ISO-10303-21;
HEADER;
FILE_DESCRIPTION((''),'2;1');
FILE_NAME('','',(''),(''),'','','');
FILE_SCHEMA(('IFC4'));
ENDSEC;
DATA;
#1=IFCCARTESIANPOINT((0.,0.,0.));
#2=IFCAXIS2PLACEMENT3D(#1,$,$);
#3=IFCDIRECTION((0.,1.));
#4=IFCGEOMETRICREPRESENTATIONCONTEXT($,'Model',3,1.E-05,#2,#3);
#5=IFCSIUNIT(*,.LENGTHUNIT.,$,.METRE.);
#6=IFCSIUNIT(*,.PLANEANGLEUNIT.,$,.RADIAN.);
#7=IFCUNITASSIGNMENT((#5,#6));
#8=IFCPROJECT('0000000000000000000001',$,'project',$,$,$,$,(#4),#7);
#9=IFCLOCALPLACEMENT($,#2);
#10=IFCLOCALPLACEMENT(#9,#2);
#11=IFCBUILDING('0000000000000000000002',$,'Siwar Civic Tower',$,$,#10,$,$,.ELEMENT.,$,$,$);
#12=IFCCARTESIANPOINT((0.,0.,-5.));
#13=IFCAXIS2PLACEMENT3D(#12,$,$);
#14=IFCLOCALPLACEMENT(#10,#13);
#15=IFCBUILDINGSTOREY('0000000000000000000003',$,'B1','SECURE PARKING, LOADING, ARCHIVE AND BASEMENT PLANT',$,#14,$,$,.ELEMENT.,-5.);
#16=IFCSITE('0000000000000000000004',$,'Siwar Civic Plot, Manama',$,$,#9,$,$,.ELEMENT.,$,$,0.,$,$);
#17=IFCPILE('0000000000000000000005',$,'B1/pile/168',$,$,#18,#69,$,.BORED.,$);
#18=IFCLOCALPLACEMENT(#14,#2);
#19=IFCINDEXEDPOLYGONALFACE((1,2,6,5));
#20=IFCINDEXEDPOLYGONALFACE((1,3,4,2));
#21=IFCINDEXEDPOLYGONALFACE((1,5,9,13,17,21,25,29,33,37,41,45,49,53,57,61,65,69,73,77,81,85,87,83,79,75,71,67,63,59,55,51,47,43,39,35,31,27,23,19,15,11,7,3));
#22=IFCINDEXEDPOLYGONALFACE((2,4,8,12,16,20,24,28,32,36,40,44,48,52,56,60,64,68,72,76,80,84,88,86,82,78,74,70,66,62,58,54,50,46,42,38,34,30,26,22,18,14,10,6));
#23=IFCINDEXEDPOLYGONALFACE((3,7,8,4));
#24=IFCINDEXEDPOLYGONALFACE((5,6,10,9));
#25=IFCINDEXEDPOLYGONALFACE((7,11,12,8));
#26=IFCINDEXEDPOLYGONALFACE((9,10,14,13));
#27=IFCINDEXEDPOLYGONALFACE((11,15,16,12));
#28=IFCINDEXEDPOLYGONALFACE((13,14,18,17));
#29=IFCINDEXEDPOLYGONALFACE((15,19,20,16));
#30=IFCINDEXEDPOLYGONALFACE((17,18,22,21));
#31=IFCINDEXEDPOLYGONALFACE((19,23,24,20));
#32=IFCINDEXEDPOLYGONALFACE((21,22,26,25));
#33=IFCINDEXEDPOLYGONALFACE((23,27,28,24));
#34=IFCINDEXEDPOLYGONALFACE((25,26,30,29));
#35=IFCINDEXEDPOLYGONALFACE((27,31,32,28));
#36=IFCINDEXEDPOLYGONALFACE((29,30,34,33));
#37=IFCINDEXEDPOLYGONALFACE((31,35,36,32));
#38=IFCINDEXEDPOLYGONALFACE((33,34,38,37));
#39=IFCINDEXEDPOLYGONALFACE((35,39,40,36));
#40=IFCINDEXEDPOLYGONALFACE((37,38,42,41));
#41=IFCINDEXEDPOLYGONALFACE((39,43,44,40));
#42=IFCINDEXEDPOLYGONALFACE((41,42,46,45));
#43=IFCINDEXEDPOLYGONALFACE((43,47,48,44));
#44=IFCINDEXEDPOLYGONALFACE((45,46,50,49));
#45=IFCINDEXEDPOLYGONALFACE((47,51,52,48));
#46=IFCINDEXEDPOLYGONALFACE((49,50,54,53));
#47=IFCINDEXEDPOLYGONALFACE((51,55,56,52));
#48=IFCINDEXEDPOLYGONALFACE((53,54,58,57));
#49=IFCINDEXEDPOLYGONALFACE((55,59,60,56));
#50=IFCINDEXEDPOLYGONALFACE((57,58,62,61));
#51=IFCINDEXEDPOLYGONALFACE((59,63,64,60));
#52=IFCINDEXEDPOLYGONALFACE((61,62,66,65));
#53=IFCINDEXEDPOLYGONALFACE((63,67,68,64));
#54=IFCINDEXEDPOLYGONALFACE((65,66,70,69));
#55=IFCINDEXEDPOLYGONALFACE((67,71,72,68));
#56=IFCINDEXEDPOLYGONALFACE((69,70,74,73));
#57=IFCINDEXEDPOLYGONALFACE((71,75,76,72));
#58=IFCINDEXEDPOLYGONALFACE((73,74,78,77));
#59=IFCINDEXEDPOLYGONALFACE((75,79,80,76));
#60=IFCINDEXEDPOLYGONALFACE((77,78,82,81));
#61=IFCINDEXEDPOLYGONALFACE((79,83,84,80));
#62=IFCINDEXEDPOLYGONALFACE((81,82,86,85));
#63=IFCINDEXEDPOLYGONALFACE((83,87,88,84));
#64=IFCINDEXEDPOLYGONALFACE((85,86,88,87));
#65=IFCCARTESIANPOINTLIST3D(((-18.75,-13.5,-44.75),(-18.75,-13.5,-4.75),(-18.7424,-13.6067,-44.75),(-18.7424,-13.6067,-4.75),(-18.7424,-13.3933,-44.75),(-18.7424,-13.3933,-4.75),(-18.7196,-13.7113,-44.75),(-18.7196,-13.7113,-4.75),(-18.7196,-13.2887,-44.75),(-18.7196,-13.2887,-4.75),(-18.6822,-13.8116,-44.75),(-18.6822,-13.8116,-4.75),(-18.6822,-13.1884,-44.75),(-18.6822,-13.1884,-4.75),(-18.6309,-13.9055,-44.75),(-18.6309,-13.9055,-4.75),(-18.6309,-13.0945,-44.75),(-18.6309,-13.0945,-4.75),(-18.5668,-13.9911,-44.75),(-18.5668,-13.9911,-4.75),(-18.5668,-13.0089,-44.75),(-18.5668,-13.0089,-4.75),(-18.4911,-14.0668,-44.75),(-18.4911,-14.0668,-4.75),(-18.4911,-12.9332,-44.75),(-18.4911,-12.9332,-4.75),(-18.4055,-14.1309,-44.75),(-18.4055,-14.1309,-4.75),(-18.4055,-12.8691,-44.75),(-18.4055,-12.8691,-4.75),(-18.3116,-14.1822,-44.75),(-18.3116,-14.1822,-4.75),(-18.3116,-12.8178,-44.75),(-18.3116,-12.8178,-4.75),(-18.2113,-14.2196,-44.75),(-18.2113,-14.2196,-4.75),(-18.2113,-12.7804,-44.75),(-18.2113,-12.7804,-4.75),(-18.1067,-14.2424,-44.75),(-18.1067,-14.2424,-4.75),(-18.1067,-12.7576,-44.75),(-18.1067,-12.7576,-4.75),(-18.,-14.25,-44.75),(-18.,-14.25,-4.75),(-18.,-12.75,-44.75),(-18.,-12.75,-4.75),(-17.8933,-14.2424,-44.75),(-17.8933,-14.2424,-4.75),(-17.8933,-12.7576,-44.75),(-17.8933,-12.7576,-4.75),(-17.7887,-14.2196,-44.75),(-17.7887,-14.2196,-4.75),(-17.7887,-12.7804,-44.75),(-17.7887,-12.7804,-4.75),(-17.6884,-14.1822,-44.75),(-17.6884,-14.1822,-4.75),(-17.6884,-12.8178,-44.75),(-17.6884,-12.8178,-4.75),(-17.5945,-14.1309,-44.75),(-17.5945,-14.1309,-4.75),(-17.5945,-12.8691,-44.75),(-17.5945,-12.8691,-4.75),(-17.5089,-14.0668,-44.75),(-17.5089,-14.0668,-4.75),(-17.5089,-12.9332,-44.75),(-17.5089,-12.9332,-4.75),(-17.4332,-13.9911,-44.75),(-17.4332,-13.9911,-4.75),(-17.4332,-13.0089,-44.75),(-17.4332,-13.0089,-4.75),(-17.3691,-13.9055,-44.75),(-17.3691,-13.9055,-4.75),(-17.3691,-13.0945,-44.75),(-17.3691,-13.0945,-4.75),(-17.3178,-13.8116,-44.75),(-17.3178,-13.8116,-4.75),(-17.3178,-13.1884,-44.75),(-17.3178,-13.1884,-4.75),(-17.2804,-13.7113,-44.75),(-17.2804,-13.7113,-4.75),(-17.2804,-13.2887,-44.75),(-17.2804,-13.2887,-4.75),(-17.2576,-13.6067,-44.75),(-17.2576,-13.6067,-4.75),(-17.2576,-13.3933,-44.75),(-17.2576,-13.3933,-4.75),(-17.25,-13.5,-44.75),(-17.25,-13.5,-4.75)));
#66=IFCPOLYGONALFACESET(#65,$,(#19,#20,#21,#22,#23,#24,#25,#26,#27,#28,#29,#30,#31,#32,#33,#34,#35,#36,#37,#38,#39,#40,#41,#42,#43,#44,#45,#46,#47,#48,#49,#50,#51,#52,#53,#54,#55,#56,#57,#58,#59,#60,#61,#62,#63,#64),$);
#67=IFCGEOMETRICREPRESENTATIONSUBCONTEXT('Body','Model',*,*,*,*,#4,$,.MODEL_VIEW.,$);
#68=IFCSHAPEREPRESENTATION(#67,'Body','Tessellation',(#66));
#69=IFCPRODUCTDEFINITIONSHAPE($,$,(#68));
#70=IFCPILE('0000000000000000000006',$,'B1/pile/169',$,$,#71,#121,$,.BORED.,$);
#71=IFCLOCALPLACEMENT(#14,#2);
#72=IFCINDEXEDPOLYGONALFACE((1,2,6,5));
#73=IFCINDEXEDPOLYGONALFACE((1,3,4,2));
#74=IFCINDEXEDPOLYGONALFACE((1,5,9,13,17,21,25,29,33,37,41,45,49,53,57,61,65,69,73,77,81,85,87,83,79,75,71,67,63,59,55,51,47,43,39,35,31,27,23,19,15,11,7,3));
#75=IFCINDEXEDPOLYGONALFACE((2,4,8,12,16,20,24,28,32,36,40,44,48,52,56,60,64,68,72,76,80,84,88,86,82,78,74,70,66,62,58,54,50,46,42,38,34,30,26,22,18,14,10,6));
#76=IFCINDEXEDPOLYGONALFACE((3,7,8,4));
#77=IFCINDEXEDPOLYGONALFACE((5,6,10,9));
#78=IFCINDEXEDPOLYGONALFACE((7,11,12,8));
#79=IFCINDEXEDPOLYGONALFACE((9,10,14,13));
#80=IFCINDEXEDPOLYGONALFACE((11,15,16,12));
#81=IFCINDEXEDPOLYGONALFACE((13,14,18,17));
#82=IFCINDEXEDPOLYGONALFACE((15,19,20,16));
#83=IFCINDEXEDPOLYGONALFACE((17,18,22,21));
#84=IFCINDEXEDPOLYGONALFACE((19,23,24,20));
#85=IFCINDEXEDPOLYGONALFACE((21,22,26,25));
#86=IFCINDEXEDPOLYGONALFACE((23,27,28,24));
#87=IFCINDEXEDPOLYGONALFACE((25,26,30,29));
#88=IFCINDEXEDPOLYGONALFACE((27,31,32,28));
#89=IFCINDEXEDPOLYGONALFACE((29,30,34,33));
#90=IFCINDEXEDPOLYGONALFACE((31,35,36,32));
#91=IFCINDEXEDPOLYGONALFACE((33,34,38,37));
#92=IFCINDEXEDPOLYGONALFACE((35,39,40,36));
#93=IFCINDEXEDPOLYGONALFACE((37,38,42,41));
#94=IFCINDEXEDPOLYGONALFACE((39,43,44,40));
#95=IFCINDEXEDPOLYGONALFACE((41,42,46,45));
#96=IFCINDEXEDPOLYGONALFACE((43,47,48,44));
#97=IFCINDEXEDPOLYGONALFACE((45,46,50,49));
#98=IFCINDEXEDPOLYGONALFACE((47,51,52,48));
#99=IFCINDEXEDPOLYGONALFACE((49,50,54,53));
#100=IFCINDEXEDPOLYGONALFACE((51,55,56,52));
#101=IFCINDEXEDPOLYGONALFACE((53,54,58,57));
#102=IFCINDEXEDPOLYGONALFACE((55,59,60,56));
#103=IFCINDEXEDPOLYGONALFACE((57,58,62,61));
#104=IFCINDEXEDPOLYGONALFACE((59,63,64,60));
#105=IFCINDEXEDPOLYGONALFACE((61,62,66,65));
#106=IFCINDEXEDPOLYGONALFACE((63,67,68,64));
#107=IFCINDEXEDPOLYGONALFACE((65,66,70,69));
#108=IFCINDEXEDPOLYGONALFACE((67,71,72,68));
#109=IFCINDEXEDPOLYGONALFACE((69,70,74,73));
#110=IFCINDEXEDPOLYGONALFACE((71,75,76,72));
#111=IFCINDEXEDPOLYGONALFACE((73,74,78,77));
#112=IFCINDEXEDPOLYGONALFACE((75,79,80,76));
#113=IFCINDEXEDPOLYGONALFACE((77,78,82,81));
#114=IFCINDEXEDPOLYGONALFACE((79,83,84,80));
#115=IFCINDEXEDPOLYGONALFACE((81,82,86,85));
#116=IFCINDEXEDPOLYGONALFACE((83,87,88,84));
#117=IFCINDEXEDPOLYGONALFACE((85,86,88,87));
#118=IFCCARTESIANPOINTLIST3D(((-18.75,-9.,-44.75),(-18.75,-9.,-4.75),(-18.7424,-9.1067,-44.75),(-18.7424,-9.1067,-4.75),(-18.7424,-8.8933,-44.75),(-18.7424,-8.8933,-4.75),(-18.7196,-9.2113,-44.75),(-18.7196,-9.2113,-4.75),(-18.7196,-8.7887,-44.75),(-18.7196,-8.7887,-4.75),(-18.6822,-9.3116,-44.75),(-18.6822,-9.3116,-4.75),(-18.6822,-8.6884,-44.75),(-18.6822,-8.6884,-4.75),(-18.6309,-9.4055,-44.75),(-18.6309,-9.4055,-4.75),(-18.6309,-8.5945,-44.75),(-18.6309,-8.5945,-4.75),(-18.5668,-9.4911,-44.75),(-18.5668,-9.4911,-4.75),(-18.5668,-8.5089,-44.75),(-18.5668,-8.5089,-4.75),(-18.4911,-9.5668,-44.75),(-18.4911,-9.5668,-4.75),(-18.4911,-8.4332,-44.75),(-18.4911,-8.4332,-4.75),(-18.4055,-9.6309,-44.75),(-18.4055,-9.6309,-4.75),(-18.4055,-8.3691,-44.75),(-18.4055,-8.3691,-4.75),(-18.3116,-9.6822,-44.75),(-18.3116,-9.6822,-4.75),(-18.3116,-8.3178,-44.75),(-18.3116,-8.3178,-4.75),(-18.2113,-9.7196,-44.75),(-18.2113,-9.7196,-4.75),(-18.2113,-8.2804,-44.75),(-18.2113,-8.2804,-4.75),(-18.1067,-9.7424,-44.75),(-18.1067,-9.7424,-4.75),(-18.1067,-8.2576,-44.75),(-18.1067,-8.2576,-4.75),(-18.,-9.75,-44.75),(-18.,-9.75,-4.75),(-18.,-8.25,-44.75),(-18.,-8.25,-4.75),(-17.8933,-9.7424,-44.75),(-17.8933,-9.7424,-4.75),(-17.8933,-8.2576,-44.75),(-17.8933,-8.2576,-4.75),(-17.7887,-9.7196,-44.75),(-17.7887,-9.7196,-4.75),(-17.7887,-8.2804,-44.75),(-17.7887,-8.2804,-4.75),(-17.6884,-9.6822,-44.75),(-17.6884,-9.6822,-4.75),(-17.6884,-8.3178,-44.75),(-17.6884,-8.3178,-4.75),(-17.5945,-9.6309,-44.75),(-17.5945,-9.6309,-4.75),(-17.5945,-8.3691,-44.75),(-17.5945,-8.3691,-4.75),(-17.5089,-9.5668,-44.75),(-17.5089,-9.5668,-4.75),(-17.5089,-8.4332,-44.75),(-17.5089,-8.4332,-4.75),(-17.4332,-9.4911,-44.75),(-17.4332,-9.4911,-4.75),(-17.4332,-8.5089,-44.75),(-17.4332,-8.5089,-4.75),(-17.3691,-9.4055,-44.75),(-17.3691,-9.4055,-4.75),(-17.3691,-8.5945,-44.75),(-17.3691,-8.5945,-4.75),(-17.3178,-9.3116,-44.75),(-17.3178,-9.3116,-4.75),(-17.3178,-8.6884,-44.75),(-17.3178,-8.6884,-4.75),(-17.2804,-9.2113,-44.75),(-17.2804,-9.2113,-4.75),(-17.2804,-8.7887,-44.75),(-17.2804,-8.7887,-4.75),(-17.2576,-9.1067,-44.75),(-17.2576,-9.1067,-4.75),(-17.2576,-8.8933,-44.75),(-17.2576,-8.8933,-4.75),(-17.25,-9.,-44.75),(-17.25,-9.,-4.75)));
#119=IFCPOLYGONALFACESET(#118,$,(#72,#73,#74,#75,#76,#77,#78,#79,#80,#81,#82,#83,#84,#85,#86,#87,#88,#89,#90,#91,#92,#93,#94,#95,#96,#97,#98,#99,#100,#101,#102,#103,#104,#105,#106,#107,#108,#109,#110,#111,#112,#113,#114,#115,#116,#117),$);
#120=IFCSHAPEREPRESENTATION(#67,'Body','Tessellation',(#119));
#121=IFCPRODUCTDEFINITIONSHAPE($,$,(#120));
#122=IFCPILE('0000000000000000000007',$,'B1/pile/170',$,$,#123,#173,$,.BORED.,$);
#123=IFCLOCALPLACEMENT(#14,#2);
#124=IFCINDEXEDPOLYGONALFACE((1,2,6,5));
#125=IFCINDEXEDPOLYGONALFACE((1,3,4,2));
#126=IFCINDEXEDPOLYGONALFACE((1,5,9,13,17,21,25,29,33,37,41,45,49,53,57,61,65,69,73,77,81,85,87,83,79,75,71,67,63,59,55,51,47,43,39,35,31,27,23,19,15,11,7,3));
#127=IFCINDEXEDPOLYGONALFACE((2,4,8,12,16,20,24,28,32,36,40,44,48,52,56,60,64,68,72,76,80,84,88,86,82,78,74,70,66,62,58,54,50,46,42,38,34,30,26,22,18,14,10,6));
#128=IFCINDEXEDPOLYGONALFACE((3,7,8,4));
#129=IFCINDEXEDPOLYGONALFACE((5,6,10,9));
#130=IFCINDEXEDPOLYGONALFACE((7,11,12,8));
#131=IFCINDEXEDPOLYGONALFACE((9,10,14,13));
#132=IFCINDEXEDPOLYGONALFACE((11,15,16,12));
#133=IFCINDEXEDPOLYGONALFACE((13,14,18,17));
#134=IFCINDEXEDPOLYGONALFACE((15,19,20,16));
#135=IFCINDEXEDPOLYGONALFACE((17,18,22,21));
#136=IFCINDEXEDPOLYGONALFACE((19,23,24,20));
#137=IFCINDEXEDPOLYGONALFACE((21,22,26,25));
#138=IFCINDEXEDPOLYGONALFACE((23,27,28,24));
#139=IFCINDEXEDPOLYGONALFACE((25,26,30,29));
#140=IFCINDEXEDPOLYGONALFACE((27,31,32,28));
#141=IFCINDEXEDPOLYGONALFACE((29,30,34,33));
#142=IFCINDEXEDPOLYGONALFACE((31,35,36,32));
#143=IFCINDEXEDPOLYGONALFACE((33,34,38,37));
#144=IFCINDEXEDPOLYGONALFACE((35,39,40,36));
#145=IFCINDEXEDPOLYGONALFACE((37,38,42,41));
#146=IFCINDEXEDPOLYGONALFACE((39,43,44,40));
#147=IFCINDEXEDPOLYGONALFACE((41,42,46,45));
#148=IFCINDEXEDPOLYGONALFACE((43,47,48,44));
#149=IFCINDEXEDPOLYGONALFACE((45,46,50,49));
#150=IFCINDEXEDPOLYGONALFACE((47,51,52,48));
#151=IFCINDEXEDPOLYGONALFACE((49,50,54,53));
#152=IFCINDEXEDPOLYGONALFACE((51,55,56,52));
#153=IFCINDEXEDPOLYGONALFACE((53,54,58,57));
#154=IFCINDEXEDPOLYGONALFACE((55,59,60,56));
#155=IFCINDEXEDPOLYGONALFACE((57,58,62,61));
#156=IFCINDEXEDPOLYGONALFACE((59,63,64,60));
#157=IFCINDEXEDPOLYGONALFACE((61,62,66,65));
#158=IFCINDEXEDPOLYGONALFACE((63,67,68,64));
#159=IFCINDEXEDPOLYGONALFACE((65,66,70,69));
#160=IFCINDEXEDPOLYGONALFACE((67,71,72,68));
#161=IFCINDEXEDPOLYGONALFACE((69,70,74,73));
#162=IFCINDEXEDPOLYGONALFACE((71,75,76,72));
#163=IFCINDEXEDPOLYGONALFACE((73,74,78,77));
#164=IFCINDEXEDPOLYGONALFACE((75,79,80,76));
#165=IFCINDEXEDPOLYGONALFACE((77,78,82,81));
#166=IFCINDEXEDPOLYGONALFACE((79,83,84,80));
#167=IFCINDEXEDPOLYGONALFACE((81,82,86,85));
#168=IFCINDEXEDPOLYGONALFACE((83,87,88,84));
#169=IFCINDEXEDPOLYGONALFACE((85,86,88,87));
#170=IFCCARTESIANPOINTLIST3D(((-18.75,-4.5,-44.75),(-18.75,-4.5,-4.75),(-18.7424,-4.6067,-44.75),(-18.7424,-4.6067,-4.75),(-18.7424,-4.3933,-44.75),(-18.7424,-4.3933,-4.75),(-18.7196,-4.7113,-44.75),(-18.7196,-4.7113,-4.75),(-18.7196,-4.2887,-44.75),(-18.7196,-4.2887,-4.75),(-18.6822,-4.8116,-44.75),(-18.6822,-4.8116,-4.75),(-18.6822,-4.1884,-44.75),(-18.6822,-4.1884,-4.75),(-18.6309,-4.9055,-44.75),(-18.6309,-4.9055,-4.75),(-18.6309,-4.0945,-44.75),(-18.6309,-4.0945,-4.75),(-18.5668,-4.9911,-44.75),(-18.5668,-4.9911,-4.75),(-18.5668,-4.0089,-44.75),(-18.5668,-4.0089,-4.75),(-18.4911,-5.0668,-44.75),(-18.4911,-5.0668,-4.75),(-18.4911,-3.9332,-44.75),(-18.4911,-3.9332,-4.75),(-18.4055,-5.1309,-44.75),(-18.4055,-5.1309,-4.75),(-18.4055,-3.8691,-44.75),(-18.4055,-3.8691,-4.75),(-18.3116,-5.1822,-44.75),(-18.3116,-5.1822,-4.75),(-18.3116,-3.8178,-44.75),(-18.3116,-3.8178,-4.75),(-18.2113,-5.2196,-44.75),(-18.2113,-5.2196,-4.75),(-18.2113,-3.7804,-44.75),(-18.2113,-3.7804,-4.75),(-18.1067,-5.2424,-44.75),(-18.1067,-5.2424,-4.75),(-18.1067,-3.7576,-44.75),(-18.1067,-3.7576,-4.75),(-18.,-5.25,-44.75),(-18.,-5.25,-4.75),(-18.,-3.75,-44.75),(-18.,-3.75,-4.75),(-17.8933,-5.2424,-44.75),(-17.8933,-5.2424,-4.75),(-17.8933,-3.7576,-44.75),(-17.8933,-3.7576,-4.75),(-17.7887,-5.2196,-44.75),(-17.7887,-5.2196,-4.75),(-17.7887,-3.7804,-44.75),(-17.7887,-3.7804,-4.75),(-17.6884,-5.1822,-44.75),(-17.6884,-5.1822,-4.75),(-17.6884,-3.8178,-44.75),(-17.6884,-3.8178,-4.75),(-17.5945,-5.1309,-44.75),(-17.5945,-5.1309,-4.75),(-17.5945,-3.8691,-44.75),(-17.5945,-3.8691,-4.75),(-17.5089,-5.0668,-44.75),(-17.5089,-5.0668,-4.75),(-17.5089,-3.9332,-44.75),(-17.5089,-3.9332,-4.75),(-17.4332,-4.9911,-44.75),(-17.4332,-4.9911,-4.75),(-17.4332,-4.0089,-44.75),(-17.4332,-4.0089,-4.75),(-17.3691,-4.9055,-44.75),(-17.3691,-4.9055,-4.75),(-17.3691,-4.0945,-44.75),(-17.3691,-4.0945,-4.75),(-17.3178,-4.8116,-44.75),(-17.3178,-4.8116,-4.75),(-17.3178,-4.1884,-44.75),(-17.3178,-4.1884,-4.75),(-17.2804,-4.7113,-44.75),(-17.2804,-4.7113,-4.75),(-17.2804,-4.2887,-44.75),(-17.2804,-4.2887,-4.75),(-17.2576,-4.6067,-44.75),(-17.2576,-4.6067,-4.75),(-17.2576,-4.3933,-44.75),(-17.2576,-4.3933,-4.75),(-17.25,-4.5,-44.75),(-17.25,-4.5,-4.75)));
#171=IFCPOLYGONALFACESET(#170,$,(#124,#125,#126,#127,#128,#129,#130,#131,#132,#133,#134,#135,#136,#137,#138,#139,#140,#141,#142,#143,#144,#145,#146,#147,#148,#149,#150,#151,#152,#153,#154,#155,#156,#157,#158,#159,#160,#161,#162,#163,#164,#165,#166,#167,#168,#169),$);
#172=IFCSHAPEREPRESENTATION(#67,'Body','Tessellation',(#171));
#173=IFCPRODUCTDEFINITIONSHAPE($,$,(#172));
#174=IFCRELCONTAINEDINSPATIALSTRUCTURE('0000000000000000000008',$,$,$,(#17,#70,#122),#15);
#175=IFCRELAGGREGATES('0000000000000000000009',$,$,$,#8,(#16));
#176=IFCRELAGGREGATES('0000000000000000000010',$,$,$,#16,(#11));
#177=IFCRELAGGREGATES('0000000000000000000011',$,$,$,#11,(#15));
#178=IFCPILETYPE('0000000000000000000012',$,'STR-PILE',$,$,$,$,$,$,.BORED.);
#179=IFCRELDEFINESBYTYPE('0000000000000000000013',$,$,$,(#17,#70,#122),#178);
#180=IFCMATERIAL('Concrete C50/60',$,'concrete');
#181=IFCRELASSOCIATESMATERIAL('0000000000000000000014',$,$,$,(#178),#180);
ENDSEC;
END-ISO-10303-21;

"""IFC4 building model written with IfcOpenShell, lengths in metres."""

from ifc_helpers import new_model, si_unit, direction, frame, origin, origin_2d, place, context, subcontext, project, spatial, circle, extrude, material, material_profile, profile_set, type_object, element, save


model = new_model("IFC4")

# Units and contexts
model_context = context("Model", 3, precision=1e-05, world=origin(), true_north=direction((0.0, 1.0)))
body_context = subcontext(model_context, "Body", "Model", "MODEL_VIEW")
ifc_project = project(units=[si_unit("LENGTHUNIT", "METRE"), si_unit("PLANEANGLEUNIT", "RADIAN")], contexts=[model_context])

# Site, building, storey
site_placement = place(None, origin())
site = spatial("IfcSite", under=ifc_project, at=site_placement, Name="Siwar Civic Plot, Manama", CompositionType="ELEMENT", RefElevation=0.0)
building_placement = place(site_placement, origin())
building = spatial("IfcBuilding", under=site, at=building_placement, Name="Siwar Civic Tower", CompositionType="ELEMENT")
storey_placement = place(building_placement, frame((0.0, 0.0, -5.0)))
storey = spatial("IfcBuildingStorey", under=building, at=storey_placement, Name="B1", Description="SECURE PARKING, LOADING, ARCHIVE AND BASEMENT PLANT", CompositionType="ELEMENT", Elevation=-5.0)

# Piles
ifc_material_1 = material(Name="Concrete C50/60", Category="concrete")
ifc_material_profile_1 = material_profile(ifc_material_1, circle(Radius=0.75, at=origin_2d()), Name="PILE1500")
ifc_profile_set_1 = profile_set([ifc_material_profile_1], Name="Concrete C50/60")
pile_type = type_object("IfcPileType", Name="STR-PILE", PredefinedType="BORED", material=ifc_profile_set_1)
for number, where, z_axis, x_axis, name in (
    (1, (-18.0, -13.5, -4.75), (0.0, 0.0, -1.0), (1.0, 0.0, 0.0), "B1/pile/168"),
    (2, (-18.0, -9.0, -4.75), (0.0, 0.0, -1.0), (1.0, 0.0, 0.0), "B1/pile/169"),
    (3, (-18.0, -4.5, -4.75), (0.0, 0.0, -1.0), (1.0, 0.0, 0.0), "B1/pile/170"),
):
    element("IfcPile", number, at=place(storey_placement, frame(where, z_axis=z_axis, x_axis=x_axis)), inside=storey, type_object=pile_type, Name=name, PredefinedType="BORED", context=body_context, shape_type="SweptSolid", body=[
        extrude(circle(Radius=0.75, at=origin_2d()), origin(), (0.0, 0.0, 1.0), 40.0),
    ])

save(model, "model.ifc")
